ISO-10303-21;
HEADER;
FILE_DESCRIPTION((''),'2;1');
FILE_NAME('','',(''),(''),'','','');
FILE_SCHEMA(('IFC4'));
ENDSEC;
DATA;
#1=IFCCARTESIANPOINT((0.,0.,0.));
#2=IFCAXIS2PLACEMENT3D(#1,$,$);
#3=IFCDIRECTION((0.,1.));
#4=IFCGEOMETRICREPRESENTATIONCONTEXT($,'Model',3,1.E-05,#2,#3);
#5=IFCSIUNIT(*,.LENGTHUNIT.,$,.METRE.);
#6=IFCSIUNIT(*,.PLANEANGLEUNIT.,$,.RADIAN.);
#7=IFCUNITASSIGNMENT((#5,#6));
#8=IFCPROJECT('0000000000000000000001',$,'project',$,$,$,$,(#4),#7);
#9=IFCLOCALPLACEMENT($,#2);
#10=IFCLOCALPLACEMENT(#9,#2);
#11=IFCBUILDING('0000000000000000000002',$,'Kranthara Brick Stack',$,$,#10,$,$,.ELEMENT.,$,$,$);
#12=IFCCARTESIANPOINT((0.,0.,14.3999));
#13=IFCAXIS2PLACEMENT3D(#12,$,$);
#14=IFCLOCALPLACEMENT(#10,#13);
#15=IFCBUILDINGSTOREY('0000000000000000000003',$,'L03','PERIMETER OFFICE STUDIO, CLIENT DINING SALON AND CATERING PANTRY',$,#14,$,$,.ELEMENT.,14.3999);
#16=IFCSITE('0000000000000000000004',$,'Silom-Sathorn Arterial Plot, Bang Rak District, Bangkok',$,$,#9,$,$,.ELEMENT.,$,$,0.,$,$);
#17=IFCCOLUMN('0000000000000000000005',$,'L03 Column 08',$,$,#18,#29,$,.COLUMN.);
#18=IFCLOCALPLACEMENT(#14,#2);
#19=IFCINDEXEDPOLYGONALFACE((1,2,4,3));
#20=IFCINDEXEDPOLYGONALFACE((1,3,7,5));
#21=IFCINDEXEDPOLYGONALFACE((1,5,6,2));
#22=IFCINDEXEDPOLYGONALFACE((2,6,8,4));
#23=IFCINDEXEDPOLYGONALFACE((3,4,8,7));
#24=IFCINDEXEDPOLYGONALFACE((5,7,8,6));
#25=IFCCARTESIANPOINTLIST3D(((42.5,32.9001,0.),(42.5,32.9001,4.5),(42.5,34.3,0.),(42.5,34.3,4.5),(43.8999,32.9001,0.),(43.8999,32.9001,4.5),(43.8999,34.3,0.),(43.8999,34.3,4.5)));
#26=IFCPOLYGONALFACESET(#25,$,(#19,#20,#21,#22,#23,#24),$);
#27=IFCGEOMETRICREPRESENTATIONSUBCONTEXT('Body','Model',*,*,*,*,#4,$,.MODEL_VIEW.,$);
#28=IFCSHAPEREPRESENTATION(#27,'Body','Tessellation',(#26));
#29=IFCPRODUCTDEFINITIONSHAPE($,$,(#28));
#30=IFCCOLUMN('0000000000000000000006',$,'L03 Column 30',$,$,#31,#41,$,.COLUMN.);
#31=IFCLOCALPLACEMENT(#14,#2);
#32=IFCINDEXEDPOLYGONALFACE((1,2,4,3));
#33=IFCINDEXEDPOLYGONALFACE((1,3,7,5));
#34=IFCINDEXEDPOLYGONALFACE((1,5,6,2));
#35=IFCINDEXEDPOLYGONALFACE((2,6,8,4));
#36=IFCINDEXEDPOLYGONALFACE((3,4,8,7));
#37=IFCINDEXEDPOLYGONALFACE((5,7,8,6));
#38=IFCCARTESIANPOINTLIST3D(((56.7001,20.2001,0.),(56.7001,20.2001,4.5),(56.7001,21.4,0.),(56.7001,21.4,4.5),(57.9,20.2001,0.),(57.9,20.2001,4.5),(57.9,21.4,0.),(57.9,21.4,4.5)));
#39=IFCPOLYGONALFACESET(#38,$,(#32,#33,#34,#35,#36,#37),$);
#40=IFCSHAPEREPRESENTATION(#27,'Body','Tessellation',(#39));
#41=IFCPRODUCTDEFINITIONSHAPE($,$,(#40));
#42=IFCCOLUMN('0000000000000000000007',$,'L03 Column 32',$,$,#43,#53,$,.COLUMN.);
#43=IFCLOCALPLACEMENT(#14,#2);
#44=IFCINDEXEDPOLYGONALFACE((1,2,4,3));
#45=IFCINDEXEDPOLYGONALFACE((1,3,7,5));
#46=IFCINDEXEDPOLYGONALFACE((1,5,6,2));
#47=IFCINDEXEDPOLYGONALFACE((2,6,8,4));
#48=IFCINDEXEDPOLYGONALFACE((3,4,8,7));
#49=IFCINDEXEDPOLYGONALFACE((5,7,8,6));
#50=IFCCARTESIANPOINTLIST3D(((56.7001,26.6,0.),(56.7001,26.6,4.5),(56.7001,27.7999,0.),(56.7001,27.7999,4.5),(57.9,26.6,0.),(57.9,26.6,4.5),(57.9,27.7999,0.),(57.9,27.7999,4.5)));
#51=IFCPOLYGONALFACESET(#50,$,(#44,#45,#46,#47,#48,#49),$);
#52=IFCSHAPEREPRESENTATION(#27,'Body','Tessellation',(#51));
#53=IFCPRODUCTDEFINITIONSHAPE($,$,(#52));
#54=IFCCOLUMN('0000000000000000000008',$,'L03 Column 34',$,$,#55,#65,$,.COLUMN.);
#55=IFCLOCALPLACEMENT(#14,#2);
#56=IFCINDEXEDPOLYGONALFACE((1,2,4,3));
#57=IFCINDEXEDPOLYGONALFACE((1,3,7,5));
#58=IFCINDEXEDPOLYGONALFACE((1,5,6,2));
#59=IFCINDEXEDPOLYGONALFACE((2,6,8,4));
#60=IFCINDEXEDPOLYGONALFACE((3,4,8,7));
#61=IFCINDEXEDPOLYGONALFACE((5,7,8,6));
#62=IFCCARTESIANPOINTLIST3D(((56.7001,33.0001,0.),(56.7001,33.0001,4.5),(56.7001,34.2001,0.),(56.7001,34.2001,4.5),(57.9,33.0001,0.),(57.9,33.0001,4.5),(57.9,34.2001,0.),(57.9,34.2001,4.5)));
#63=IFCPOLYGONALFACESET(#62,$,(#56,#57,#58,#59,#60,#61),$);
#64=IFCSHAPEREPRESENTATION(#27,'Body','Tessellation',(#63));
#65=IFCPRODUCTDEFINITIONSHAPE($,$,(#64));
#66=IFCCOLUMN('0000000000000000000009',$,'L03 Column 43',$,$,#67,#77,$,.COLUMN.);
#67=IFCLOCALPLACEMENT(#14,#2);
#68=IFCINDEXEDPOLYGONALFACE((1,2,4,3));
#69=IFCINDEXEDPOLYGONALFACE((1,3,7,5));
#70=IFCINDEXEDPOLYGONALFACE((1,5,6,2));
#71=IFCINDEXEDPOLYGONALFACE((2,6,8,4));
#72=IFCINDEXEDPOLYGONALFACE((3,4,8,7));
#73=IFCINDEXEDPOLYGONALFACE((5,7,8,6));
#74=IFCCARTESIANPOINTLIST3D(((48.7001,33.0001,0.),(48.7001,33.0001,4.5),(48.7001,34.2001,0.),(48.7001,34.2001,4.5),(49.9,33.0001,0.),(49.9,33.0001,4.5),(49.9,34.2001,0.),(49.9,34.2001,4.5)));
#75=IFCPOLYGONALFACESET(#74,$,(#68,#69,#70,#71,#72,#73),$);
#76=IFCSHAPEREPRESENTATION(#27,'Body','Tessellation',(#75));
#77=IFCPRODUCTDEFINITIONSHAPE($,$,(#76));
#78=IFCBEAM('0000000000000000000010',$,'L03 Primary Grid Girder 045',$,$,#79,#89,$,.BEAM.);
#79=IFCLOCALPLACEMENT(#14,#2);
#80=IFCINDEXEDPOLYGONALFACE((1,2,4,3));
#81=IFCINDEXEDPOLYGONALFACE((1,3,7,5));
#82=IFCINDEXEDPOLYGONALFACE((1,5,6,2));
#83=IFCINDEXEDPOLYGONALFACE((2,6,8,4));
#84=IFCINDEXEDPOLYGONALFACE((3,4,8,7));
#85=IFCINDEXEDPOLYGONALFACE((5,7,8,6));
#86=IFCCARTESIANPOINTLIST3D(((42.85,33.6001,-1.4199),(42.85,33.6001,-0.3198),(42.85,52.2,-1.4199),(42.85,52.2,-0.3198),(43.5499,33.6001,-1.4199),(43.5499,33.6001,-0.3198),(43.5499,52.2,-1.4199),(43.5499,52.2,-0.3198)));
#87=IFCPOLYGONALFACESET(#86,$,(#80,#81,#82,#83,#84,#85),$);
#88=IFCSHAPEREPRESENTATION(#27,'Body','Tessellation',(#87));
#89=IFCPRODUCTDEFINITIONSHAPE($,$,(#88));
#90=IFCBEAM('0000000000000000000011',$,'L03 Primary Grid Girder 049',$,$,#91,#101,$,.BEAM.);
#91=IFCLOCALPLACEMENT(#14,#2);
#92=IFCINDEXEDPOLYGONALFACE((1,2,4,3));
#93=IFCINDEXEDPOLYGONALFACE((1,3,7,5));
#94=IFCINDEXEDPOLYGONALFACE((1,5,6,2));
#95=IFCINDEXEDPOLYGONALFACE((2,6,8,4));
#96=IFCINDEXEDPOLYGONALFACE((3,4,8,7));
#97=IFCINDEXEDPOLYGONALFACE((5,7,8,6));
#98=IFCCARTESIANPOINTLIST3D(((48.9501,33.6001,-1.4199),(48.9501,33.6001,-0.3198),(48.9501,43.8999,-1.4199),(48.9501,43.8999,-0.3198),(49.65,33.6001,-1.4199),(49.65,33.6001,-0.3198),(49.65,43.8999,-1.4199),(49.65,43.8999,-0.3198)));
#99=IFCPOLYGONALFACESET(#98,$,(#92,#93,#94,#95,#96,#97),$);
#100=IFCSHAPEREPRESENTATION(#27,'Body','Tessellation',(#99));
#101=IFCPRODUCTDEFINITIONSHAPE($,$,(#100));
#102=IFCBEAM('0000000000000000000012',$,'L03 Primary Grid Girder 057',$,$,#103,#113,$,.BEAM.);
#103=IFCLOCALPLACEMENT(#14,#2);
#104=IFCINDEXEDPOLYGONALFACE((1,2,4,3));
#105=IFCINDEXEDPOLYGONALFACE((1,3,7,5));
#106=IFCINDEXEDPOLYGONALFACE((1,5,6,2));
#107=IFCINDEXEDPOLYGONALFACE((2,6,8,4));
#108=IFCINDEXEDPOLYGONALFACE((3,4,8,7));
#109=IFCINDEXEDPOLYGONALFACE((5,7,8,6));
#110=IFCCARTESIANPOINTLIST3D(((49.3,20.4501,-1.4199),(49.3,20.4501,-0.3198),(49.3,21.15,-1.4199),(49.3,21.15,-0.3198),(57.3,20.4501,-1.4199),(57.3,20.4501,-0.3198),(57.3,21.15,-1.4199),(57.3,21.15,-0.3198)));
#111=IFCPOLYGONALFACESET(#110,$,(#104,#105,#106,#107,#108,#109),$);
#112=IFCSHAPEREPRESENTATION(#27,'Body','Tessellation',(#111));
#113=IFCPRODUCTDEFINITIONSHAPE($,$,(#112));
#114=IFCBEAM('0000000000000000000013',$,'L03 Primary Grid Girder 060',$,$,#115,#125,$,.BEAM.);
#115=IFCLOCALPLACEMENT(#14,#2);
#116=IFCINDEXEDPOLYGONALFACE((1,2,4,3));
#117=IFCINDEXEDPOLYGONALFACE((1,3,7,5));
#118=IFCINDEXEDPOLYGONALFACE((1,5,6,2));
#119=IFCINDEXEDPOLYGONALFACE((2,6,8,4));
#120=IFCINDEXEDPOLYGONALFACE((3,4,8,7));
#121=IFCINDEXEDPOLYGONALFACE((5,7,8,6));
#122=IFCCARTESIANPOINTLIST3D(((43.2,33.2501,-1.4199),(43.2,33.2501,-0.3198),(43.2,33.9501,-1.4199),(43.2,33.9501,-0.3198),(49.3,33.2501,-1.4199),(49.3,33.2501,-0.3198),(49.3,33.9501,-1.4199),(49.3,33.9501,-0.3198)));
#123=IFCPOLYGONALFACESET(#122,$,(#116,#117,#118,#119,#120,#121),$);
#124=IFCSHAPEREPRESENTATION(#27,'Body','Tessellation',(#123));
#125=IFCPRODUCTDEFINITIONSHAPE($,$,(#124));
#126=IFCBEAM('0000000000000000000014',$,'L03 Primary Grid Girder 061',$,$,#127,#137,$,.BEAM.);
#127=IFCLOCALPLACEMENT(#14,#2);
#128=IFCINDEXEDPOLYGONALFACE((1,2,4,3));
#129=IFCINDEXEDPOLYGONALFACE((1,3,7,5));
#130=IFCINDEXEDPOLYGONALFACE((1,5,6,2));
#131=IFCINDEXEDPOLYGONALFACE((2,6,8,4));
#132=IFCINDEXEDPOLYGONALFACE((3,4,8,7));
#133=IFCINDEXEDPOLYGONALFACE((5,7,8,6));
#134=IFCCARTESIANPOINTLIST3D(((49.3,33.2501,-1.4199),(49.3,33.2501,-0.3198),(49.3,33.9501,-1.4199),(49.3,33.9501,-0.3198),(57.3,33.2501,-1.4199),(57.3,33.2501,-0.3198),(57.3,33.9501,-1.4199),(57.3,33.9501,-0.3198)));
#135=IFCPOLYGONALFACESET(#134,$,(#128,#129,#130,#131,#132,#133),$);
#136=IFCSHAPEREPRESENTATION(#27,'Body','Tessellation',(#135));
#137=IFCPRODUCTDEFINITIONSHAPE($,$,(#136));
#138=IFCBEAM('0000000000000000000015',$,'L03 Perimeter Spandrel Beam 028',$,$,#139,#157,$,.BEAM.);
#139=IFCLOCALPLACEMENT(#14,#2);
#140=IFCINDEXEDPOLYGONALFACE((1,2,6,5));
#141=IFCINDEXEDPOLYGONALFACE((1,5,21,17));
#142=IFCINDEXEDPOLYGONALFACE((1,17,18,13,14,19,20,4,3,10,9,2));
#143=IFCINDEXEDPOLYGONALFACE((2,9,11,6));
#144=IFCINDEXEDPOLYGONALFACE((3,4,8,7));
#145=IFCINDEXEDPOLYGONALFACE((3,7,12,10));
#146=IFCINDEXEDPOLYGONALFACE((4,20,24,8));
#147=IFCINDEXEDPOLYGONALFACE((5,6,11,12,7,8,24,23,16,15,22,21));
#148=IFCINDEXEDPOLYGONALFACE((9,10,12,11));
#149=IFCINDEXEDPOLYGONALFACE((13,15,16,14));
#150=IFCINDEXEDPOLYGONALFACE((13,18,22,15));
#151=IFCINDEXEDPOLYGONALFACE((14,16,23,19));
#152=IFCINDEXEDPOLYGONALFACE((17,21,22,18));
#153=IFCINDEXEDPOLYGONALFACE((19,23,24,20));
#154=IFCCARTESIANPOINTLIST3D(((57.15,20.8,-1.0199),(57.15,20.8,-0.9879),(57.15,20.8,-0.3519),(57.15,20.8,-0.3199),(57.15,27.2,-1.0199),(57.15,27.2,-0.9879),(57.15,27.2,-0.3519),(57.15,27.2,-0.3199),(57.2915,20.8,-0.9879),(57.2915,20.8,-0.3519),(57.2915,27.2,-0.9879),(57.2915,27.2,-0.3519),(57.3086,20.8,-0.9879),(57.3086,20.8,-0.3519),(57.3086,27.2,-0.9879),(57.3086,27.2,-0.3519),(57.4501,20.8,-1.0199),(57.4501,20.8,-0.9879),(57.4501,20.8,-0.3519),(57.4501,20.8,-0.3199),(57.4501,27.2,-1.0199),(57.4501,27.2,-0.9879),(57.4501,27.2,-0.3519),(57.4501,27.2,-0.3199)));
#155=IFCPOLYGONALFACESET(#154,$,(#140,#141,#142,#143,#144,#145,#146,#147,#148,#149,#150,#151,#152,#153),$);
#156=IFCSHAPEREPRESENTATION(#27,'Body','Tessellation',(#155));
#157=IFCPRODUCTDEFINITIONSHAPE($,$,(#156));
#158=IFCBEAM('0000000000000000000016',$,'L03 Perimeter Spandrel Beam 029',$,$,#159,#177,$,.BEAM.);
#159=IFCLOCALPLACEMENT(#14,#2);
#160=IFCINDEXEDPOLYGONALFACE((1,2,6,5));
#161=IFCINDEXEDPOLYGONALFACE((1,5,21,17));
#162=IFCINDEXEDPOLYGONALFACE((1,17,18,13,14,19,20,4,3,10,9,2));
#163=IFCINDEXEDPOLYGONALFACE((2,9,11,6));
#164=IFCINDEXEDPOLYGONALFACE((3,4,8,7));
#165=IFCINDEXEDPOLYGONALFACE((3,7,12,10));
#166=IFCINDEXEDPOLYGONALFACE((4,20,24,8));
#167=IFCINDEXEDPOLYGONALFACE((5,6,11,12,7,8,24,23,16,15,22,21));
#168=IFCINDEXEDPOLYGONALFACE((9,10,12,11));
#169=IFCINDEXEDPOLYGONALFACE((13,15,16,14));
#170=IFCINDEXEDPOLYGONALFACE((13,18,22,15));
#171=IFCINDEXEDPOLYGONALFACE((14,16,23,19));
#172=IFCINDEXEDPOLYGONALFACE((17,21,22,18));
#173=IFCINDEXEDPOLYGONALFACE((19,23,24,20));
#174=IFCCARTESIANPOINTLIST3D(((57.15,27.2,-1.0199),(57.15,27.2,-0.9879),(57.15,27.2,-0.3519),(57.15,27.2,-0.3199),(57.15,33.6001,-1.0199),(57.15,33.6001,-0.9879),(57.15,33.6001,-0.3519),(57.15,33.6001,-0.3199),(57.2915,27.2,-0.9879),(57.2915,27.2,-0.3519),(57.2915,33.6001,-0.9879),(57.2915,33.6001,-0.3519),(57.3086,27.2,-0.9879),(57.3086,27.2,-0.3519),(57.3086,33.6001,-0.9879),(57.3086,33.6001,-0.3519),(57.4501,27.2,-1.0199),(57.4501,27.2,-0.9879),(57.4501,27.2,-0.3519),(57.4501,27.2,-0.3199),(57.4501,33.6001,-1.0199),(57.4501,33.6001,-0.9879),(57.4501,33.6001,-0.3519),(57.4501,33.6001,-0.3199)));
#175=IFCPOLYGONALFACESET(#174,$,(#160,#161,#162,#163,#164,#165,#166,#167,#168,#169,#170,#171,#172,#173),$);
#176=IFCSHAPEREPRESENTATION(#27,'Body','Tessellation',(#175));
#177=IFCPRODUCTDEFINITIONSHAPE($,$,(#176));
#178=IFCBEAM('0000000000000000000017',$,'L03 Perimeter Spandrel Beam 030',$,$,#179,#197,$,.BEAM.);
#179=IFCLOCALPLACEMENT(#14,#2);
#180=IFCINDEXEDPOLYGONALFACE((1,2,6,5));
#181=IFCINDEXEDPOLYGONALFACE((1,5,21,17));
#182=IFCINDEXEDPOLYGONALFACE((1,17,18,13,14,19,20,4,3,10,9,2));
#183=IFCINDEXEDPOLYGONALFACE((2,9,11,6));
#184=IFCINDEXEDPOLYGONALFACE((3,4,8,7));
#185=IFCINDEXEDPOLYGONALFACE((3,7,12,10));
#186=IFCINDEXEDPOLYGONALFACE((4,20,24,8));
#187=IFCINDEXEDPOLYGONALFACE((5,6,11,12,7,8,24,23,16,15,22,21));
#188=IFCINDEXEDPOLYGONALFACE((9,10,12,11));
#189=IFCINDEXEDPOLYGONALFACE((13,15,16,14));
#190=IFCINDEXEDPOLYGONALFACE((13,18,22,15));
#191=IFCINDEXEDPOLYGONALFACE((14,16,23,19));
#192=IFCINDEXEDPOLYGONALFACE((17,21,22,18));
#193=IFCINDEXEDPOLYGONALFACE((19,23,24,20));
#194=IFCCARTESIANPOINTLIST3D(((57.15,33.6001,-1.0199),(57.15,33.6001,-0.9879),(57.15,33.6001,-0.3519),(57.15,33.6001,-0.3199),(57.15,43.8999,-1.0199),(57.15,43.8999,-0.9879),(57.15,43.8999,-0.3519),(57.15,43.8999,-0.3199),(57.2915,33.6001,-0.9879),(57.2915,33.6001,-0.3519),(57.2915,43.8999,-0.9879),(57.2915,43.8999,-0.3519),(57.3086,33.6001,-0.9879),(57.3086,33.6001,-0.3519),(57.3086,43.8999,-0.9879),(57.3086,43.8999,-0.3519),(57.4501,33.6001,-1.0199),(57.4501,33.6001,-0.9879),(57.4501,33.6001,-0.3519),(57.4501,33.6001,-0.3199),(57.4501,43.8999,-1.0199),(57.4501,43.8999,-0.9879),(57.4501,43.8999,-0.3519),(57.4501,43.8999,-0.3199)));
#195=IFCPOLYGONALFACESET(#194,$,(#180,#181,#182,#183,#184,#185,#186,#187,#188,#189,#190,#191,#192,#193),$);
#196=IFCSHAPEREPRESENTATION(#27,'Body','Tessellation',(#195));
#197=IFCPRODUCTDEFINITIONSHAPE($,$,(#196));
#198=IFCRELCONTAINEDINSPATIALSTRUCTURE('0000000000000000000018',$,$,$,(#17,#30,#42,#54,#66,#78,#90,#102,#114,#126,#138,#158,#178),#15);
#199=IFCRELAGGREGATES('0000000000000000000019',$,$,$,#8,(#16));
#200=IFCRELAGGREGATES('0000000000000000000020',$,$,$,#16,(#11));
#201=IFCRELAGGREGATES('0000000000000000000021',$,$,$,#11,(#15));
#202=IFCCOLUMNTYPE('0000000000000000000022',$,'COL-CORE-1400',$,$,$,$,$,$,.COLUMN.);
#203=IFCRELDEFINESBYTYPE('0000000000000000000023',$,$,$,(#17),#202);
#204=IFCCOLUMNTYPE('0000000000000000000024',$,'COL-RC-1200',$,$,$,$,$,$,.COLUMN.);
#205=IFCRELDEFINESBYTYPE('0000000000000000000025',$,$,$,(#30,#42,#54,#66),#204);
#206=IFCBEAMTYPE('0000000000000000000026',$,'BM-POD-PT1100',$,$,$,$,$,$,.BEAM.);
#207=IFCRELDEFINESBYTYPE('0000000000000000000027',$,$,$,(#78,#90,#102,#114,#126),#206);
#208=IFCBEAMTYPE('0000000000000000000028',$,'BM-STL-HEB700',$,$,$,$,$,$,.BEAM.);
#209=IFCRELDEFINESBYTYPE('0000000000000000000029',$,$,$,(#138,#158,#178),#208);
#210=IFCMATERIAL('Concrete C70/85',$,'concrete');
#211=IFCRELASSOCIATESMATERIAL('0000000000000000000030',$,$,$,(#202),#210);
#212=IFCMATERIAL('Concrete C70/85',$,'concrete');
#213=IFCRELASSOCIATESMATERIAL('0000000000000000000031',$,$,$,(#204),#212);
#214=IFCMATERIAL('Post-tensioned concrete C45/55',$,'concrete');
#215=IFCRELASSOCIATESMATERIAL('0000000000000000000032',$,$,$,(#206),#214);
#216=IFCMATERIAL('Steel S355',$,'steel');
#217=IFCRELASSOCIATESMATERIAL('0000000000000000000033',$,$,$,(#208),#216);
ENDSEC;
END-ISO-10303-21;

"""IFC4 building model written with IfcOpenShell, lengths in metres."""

from ifc_helpers import new_model, si_unit, direction, frame, origin, origin_2d, place, context, subcontext, project, spatial, rectangle, i_section, extrude, material, material_profile, profile_set, type_object, element, save


model = new_model("IFC4")

# Units and contexts
model_context = context("Model", 3, precision=1e-05, world=origin(), true_north=direction((0.0, 1.0)))
body_context = subcontext(model_context, "Body", "Model", "MODEL_VIEW")
ifc_project = project(units=[si_unit("LENGTHUNIT", "METRE"), si_unit("PLANEANGLEUNIT", "RADIAN")], contexts=[model_context])

# Site, building, storey
site_placement = place(None, origin())
site = spatial("IfcSite", under=ifc_project, at=site_placement, Name="Silom-Sathorn Arterial Plot, Bang Rak District, Bangkok", CompositionType="ELEMENT", RefElevation=0.0)
building_placement = place(site_placement, origin())
building = spatial("IfcBuilding", under=site, at=building_placement, Name="Kranthara Brick Stack", CompositionType="ELEMENT")
storey_placement = place(building_placement, frame((0.0, 0.0, 14.3999)))
storey = spatial("IfcBuildingStorey", under=building, at=storey_placement, Name="L03", Description="PERIMETER OFFICE STUDIO, CLIENT DINING SALON AND CATERING PANTRY", CompositionType="ELEMENT", Elevation=14.3999)

# Columns
ifc_material_1 = material(Name="Concrete C70/85", Category="concrete")
ifc_material_profile_1 = material_profile(ifc_material_1, rectangle(XDim=1.3999, YDim=1.3999, at=origin_2d()), Name="RC 1400x1400")
ifc_profile_set_1 = profile_set([ifc_material_profile_1], Name="Concrete C70/85")
column_type_1 = type_object("IfcColumnType", Name="COL-CORE-1400", PredefinedType="COLUMN", material=ifc_profile_set_1)
column_placement = place(storey_placement, frame((43.2, 33.6001, 0.0), z_axis=(0.0, 0.0, 1.0), x_axis=(1.0, 0.0, 0.0)))
element("IfcColumn", 1, at=column_placement, inside=storey, type_object=column_type_1, Name="L03 Column 08", PredefinedType="COLUMN", context=body_context, shape_type="SweptSolid", body=[
    extrude(rectangle(XDim=1.3999, YDim=1.3999, at=origin_2d()), origin(), (0.0, 0.0, 1.0), 4.5),
])
ifc_material_2 = material(Name="Concrete C70/85", Category="concrete")
ifc_material_profile_2 = material_profile(ifc_material_2, rectangle(XDim=1.2, YDim=1.2, at=origin_2d()), Name="RC 1200x1200")
ifc_profile_set_2 = profile_set([ifc_material_profile_2], Name="Concrete C70/85")
column_type_2 = type_object("IfcColumnType", Name="COL-RC-1200", PredefinedType="COLUMN", material=ifc_profile_set_2)
for number, where, z_axis, x_axis, name in (
    (2, (57.3, 20.8, 0.0), (0.0, 0.0, 1.0), (1.0, 0.0, 0.0), "L03 Column 30"),
    (3, (57.3, 27.2, 0.0), (0.0, 0.0, 1.0), (1.0, 0.0, 0.0), "L03 Column 32"),
    (4, (57.3, 33.6001, 0.0), (0.0, 0.0, 1.0), (1.0, 0.0, 0.0), "L03 Column 34"),
    (5, (49.3, 33.6001, 0.0), (0.0, 0.0, 1.0), (1.0, 0.0, 0.0), "L03 Column 43"),
):
    element("IfcColumn", number, at=place(storey_placement, frame(where, z_axis=z_axis, x_axis=x_axis)), inside=storey, type_object=column_type_2, Name=name, PredefinedType="COLUMN", context=body_context, shape_type="SweptSolid", body=[
        extrude(rectangle(XDim=1.2, YDim=1.2, at=origin_2d()), origin(), (0.0, 0.0, 1.0), 4.5),
    ])

# Beams
ifc_material_3 = material(Name="Post-tensioned concrete C45/55", Category="concrete")
ifc_material_profile_3 = material_profile(ifc_material_3, rectangle(XDim=0.7, YDim=1.1001, at=origin_2d()), Name="PT 700x1100")
ifc_profile_set_3 = profile_set([ifc_material_profile_3], Name="Post-tensioned concrete C45/55")
beam_type_1 = type_object("IfcBeamType", Name="BM-POD-PT1100", PredefinedType="BEAM", material=ifc_profile_set_3)
beam_1_placement = place(storey_placement, frame((43.2, 33.6001, -0.8699), z_axis=(0.0, 1.0, 0.0), x_axis=(-1.0, 0.0, 0.0)))
element("IfcBeam", 6, at=beam_1_placement, inside=storey, type_object=beam_type_1, Name="L03 Primary Grid Girder 045", PredefinedType="BEAM", context=body_context, shape_type="SweptSolid", body=[
    extrude(rectangle(XDim=0.7, YDim=1.1001, at=origin_2d()), origin(), (0.0, 0.0, 1.0), 18.5999),
])
beam_2_placement = place(storey_placement, frame((49.3, 33.6001, -0.8699), z_axis=(0.0, 1.0, 0.0), x_axis=(-1.0, 0.0, 0.0)))
element("IfcBeam", 7, at=beam_2_placement, inside=storey, type_object=beam_type_1, Name="L03 Primary Grid Girder 049", PredefinedType="BEAM", context=body_context, shape_type="SweptSolid", body=[
    extrude(rectangle(XDim=0.7, YDim=1.1001, at=origin_2d()), origin(), (0.0, 0.0, 1.0), 10.2998),
])
beam_3_placement = place(storey_placement, frame((49.3, 20.8, -0.8699), z_axis=(1.0, 0.0, 0.0), x_axis=(0.0, 1.0, 0.0)))
element("IfcBeam", 8, at=beam_3_placement, inside=storey, type_object=beam_type_1, Name="L03 Primary Grid Girder 057", PredefinedType="BEAM", context=body_context, shape_type="SweptSolid", body=[
    extrude(rectangle(XDim=0.7, YDim=1.1001, at=origin_2d()), origin(), (0.0, 0.0, 1.0), 8.0),
])
beam_4_placement = place(storey_placement, frame((43.2, 33.6001, -0.8699), z_axis=(1.0, 0.0, 0.0), x_axis=(0.0, 1.0, 0.0)))
element("IfcBeam", 9, at=beam_4_placement, inside=storey, type_object=beam_type_1, Name="L03 Primary Grid Girder 060", PredefinedType="BEAM", context=body_context, shape_type="SweptSolid", body=[
    extrude(rectangle(XDim=0.7, YDim=1.1001, at=origin_2d()), origin(), (0.0, 0.0, 1.0), 6.1001),
])
beam_5_placement = place(storey_placement, frame((49.3, 33.6001, -0.8699), z_axis=(1.0, 0.0, 0.0), x_axis=(0.0, 1.0, 0.0)))
element("IfcBeam", 10, at=beam_5_placement, inside=storey, type_object=beam_type_1, Name="L03 Primary Grid Girder 061", PredefinedType="BEAM", context=body_context, shape_type="SweptSolid", body=[
    extrude(rectangle(XDim=0.7, YDim=1.1001, at=origin_2d()), origin(), (0.0, 0.0, 1.0), 8.0),
])
ifc_material_4 = material(Name="Steel S355", Category="steel")
ifc_material_profile_4 = material_profile(ifc_material_4, i_section(OverallWidth=0.3, OverallDepth=0.7, WebThickness=0.0171, FlangeThickness=0.032, at=origin_2d()), Name="HEB 700")
ifc_profile_set_4 = profile_set([ifc_material_profile_4], Name="Steel S355")
beam_type_2 = type_object("IfcBeamType", Name="BM-STL-HEB700", PredefinedType="BEAM", material=ifc_profile_set_4)
beam_6_placement = place(storey_placement, frame((57.3, 20.8, -0.6699), z_axis=(0.0, 1.0, 0.0), x_axis=(-1.0, 0.0, 0.0)))
element("IfcBeam", 11, at=beam_6_placement, inside=storey, type_object=beam_type_2, Name="L03 Perimeter Spandrel Beam 028", PredefinedType="BEAM", context=body_context, shape_type="SweptSolid", body=[
    extrude(i_section(OverallWidth=0.3, OverallDepth=0.7, WebThickness=0.0171, FlangeThickness=0.032, at=origin_2d()), origin(), (0.0, 0.0, 1.0), 6.3999),
])
beam_7_placement = place(storey_placement, frame((57.3, 27.2, -0.6699), z_axis=(0.0, 1.0, 0.0), x_axis=(-1.0, 0.0, 0.0)))
element("IfcBeam", 12, at=beam_7_placement, inside=storey, type_object=beam_type_2, Name="L03 Perimeter Spandrel Beam 029", PredefinedType="BEAM", context=body_context, shape_type="SweptSolid", body=[
    extrude(i_section(OverallWidth=0.3, OverallDepth=0.7, WebThickness=0.0171, FlangeThickness=0.032, at=origin_2d()), origin(), (0.0, 0.0, 1.0), 6.4001),
])
beam_8_placement = place(storey_placement, frame((57.3, 33.6001, -0.6699), z_axis=(0.0, 1.0, 0.0), x_axis=(-1.0, 0.0, 0.0)))
element("IfcBeam", 13, at=beam_8_placement, inside=storey, type_object=beam_type_2, Name="L03 Perimeter Spandrel Beam 030", PredefinedType="BEAM", context=body_context, shape_type="SweptSolid", body=[
    extrude(i_section(OverallWidth=0.3, OverallDepth=0.7, WebThickness=0.0171, FlangeThickness=0.032, at=origin_2d()), origin(), (0.0, 0.0, 1.0), 10.2998),
])

save(model, "model.ifc")
